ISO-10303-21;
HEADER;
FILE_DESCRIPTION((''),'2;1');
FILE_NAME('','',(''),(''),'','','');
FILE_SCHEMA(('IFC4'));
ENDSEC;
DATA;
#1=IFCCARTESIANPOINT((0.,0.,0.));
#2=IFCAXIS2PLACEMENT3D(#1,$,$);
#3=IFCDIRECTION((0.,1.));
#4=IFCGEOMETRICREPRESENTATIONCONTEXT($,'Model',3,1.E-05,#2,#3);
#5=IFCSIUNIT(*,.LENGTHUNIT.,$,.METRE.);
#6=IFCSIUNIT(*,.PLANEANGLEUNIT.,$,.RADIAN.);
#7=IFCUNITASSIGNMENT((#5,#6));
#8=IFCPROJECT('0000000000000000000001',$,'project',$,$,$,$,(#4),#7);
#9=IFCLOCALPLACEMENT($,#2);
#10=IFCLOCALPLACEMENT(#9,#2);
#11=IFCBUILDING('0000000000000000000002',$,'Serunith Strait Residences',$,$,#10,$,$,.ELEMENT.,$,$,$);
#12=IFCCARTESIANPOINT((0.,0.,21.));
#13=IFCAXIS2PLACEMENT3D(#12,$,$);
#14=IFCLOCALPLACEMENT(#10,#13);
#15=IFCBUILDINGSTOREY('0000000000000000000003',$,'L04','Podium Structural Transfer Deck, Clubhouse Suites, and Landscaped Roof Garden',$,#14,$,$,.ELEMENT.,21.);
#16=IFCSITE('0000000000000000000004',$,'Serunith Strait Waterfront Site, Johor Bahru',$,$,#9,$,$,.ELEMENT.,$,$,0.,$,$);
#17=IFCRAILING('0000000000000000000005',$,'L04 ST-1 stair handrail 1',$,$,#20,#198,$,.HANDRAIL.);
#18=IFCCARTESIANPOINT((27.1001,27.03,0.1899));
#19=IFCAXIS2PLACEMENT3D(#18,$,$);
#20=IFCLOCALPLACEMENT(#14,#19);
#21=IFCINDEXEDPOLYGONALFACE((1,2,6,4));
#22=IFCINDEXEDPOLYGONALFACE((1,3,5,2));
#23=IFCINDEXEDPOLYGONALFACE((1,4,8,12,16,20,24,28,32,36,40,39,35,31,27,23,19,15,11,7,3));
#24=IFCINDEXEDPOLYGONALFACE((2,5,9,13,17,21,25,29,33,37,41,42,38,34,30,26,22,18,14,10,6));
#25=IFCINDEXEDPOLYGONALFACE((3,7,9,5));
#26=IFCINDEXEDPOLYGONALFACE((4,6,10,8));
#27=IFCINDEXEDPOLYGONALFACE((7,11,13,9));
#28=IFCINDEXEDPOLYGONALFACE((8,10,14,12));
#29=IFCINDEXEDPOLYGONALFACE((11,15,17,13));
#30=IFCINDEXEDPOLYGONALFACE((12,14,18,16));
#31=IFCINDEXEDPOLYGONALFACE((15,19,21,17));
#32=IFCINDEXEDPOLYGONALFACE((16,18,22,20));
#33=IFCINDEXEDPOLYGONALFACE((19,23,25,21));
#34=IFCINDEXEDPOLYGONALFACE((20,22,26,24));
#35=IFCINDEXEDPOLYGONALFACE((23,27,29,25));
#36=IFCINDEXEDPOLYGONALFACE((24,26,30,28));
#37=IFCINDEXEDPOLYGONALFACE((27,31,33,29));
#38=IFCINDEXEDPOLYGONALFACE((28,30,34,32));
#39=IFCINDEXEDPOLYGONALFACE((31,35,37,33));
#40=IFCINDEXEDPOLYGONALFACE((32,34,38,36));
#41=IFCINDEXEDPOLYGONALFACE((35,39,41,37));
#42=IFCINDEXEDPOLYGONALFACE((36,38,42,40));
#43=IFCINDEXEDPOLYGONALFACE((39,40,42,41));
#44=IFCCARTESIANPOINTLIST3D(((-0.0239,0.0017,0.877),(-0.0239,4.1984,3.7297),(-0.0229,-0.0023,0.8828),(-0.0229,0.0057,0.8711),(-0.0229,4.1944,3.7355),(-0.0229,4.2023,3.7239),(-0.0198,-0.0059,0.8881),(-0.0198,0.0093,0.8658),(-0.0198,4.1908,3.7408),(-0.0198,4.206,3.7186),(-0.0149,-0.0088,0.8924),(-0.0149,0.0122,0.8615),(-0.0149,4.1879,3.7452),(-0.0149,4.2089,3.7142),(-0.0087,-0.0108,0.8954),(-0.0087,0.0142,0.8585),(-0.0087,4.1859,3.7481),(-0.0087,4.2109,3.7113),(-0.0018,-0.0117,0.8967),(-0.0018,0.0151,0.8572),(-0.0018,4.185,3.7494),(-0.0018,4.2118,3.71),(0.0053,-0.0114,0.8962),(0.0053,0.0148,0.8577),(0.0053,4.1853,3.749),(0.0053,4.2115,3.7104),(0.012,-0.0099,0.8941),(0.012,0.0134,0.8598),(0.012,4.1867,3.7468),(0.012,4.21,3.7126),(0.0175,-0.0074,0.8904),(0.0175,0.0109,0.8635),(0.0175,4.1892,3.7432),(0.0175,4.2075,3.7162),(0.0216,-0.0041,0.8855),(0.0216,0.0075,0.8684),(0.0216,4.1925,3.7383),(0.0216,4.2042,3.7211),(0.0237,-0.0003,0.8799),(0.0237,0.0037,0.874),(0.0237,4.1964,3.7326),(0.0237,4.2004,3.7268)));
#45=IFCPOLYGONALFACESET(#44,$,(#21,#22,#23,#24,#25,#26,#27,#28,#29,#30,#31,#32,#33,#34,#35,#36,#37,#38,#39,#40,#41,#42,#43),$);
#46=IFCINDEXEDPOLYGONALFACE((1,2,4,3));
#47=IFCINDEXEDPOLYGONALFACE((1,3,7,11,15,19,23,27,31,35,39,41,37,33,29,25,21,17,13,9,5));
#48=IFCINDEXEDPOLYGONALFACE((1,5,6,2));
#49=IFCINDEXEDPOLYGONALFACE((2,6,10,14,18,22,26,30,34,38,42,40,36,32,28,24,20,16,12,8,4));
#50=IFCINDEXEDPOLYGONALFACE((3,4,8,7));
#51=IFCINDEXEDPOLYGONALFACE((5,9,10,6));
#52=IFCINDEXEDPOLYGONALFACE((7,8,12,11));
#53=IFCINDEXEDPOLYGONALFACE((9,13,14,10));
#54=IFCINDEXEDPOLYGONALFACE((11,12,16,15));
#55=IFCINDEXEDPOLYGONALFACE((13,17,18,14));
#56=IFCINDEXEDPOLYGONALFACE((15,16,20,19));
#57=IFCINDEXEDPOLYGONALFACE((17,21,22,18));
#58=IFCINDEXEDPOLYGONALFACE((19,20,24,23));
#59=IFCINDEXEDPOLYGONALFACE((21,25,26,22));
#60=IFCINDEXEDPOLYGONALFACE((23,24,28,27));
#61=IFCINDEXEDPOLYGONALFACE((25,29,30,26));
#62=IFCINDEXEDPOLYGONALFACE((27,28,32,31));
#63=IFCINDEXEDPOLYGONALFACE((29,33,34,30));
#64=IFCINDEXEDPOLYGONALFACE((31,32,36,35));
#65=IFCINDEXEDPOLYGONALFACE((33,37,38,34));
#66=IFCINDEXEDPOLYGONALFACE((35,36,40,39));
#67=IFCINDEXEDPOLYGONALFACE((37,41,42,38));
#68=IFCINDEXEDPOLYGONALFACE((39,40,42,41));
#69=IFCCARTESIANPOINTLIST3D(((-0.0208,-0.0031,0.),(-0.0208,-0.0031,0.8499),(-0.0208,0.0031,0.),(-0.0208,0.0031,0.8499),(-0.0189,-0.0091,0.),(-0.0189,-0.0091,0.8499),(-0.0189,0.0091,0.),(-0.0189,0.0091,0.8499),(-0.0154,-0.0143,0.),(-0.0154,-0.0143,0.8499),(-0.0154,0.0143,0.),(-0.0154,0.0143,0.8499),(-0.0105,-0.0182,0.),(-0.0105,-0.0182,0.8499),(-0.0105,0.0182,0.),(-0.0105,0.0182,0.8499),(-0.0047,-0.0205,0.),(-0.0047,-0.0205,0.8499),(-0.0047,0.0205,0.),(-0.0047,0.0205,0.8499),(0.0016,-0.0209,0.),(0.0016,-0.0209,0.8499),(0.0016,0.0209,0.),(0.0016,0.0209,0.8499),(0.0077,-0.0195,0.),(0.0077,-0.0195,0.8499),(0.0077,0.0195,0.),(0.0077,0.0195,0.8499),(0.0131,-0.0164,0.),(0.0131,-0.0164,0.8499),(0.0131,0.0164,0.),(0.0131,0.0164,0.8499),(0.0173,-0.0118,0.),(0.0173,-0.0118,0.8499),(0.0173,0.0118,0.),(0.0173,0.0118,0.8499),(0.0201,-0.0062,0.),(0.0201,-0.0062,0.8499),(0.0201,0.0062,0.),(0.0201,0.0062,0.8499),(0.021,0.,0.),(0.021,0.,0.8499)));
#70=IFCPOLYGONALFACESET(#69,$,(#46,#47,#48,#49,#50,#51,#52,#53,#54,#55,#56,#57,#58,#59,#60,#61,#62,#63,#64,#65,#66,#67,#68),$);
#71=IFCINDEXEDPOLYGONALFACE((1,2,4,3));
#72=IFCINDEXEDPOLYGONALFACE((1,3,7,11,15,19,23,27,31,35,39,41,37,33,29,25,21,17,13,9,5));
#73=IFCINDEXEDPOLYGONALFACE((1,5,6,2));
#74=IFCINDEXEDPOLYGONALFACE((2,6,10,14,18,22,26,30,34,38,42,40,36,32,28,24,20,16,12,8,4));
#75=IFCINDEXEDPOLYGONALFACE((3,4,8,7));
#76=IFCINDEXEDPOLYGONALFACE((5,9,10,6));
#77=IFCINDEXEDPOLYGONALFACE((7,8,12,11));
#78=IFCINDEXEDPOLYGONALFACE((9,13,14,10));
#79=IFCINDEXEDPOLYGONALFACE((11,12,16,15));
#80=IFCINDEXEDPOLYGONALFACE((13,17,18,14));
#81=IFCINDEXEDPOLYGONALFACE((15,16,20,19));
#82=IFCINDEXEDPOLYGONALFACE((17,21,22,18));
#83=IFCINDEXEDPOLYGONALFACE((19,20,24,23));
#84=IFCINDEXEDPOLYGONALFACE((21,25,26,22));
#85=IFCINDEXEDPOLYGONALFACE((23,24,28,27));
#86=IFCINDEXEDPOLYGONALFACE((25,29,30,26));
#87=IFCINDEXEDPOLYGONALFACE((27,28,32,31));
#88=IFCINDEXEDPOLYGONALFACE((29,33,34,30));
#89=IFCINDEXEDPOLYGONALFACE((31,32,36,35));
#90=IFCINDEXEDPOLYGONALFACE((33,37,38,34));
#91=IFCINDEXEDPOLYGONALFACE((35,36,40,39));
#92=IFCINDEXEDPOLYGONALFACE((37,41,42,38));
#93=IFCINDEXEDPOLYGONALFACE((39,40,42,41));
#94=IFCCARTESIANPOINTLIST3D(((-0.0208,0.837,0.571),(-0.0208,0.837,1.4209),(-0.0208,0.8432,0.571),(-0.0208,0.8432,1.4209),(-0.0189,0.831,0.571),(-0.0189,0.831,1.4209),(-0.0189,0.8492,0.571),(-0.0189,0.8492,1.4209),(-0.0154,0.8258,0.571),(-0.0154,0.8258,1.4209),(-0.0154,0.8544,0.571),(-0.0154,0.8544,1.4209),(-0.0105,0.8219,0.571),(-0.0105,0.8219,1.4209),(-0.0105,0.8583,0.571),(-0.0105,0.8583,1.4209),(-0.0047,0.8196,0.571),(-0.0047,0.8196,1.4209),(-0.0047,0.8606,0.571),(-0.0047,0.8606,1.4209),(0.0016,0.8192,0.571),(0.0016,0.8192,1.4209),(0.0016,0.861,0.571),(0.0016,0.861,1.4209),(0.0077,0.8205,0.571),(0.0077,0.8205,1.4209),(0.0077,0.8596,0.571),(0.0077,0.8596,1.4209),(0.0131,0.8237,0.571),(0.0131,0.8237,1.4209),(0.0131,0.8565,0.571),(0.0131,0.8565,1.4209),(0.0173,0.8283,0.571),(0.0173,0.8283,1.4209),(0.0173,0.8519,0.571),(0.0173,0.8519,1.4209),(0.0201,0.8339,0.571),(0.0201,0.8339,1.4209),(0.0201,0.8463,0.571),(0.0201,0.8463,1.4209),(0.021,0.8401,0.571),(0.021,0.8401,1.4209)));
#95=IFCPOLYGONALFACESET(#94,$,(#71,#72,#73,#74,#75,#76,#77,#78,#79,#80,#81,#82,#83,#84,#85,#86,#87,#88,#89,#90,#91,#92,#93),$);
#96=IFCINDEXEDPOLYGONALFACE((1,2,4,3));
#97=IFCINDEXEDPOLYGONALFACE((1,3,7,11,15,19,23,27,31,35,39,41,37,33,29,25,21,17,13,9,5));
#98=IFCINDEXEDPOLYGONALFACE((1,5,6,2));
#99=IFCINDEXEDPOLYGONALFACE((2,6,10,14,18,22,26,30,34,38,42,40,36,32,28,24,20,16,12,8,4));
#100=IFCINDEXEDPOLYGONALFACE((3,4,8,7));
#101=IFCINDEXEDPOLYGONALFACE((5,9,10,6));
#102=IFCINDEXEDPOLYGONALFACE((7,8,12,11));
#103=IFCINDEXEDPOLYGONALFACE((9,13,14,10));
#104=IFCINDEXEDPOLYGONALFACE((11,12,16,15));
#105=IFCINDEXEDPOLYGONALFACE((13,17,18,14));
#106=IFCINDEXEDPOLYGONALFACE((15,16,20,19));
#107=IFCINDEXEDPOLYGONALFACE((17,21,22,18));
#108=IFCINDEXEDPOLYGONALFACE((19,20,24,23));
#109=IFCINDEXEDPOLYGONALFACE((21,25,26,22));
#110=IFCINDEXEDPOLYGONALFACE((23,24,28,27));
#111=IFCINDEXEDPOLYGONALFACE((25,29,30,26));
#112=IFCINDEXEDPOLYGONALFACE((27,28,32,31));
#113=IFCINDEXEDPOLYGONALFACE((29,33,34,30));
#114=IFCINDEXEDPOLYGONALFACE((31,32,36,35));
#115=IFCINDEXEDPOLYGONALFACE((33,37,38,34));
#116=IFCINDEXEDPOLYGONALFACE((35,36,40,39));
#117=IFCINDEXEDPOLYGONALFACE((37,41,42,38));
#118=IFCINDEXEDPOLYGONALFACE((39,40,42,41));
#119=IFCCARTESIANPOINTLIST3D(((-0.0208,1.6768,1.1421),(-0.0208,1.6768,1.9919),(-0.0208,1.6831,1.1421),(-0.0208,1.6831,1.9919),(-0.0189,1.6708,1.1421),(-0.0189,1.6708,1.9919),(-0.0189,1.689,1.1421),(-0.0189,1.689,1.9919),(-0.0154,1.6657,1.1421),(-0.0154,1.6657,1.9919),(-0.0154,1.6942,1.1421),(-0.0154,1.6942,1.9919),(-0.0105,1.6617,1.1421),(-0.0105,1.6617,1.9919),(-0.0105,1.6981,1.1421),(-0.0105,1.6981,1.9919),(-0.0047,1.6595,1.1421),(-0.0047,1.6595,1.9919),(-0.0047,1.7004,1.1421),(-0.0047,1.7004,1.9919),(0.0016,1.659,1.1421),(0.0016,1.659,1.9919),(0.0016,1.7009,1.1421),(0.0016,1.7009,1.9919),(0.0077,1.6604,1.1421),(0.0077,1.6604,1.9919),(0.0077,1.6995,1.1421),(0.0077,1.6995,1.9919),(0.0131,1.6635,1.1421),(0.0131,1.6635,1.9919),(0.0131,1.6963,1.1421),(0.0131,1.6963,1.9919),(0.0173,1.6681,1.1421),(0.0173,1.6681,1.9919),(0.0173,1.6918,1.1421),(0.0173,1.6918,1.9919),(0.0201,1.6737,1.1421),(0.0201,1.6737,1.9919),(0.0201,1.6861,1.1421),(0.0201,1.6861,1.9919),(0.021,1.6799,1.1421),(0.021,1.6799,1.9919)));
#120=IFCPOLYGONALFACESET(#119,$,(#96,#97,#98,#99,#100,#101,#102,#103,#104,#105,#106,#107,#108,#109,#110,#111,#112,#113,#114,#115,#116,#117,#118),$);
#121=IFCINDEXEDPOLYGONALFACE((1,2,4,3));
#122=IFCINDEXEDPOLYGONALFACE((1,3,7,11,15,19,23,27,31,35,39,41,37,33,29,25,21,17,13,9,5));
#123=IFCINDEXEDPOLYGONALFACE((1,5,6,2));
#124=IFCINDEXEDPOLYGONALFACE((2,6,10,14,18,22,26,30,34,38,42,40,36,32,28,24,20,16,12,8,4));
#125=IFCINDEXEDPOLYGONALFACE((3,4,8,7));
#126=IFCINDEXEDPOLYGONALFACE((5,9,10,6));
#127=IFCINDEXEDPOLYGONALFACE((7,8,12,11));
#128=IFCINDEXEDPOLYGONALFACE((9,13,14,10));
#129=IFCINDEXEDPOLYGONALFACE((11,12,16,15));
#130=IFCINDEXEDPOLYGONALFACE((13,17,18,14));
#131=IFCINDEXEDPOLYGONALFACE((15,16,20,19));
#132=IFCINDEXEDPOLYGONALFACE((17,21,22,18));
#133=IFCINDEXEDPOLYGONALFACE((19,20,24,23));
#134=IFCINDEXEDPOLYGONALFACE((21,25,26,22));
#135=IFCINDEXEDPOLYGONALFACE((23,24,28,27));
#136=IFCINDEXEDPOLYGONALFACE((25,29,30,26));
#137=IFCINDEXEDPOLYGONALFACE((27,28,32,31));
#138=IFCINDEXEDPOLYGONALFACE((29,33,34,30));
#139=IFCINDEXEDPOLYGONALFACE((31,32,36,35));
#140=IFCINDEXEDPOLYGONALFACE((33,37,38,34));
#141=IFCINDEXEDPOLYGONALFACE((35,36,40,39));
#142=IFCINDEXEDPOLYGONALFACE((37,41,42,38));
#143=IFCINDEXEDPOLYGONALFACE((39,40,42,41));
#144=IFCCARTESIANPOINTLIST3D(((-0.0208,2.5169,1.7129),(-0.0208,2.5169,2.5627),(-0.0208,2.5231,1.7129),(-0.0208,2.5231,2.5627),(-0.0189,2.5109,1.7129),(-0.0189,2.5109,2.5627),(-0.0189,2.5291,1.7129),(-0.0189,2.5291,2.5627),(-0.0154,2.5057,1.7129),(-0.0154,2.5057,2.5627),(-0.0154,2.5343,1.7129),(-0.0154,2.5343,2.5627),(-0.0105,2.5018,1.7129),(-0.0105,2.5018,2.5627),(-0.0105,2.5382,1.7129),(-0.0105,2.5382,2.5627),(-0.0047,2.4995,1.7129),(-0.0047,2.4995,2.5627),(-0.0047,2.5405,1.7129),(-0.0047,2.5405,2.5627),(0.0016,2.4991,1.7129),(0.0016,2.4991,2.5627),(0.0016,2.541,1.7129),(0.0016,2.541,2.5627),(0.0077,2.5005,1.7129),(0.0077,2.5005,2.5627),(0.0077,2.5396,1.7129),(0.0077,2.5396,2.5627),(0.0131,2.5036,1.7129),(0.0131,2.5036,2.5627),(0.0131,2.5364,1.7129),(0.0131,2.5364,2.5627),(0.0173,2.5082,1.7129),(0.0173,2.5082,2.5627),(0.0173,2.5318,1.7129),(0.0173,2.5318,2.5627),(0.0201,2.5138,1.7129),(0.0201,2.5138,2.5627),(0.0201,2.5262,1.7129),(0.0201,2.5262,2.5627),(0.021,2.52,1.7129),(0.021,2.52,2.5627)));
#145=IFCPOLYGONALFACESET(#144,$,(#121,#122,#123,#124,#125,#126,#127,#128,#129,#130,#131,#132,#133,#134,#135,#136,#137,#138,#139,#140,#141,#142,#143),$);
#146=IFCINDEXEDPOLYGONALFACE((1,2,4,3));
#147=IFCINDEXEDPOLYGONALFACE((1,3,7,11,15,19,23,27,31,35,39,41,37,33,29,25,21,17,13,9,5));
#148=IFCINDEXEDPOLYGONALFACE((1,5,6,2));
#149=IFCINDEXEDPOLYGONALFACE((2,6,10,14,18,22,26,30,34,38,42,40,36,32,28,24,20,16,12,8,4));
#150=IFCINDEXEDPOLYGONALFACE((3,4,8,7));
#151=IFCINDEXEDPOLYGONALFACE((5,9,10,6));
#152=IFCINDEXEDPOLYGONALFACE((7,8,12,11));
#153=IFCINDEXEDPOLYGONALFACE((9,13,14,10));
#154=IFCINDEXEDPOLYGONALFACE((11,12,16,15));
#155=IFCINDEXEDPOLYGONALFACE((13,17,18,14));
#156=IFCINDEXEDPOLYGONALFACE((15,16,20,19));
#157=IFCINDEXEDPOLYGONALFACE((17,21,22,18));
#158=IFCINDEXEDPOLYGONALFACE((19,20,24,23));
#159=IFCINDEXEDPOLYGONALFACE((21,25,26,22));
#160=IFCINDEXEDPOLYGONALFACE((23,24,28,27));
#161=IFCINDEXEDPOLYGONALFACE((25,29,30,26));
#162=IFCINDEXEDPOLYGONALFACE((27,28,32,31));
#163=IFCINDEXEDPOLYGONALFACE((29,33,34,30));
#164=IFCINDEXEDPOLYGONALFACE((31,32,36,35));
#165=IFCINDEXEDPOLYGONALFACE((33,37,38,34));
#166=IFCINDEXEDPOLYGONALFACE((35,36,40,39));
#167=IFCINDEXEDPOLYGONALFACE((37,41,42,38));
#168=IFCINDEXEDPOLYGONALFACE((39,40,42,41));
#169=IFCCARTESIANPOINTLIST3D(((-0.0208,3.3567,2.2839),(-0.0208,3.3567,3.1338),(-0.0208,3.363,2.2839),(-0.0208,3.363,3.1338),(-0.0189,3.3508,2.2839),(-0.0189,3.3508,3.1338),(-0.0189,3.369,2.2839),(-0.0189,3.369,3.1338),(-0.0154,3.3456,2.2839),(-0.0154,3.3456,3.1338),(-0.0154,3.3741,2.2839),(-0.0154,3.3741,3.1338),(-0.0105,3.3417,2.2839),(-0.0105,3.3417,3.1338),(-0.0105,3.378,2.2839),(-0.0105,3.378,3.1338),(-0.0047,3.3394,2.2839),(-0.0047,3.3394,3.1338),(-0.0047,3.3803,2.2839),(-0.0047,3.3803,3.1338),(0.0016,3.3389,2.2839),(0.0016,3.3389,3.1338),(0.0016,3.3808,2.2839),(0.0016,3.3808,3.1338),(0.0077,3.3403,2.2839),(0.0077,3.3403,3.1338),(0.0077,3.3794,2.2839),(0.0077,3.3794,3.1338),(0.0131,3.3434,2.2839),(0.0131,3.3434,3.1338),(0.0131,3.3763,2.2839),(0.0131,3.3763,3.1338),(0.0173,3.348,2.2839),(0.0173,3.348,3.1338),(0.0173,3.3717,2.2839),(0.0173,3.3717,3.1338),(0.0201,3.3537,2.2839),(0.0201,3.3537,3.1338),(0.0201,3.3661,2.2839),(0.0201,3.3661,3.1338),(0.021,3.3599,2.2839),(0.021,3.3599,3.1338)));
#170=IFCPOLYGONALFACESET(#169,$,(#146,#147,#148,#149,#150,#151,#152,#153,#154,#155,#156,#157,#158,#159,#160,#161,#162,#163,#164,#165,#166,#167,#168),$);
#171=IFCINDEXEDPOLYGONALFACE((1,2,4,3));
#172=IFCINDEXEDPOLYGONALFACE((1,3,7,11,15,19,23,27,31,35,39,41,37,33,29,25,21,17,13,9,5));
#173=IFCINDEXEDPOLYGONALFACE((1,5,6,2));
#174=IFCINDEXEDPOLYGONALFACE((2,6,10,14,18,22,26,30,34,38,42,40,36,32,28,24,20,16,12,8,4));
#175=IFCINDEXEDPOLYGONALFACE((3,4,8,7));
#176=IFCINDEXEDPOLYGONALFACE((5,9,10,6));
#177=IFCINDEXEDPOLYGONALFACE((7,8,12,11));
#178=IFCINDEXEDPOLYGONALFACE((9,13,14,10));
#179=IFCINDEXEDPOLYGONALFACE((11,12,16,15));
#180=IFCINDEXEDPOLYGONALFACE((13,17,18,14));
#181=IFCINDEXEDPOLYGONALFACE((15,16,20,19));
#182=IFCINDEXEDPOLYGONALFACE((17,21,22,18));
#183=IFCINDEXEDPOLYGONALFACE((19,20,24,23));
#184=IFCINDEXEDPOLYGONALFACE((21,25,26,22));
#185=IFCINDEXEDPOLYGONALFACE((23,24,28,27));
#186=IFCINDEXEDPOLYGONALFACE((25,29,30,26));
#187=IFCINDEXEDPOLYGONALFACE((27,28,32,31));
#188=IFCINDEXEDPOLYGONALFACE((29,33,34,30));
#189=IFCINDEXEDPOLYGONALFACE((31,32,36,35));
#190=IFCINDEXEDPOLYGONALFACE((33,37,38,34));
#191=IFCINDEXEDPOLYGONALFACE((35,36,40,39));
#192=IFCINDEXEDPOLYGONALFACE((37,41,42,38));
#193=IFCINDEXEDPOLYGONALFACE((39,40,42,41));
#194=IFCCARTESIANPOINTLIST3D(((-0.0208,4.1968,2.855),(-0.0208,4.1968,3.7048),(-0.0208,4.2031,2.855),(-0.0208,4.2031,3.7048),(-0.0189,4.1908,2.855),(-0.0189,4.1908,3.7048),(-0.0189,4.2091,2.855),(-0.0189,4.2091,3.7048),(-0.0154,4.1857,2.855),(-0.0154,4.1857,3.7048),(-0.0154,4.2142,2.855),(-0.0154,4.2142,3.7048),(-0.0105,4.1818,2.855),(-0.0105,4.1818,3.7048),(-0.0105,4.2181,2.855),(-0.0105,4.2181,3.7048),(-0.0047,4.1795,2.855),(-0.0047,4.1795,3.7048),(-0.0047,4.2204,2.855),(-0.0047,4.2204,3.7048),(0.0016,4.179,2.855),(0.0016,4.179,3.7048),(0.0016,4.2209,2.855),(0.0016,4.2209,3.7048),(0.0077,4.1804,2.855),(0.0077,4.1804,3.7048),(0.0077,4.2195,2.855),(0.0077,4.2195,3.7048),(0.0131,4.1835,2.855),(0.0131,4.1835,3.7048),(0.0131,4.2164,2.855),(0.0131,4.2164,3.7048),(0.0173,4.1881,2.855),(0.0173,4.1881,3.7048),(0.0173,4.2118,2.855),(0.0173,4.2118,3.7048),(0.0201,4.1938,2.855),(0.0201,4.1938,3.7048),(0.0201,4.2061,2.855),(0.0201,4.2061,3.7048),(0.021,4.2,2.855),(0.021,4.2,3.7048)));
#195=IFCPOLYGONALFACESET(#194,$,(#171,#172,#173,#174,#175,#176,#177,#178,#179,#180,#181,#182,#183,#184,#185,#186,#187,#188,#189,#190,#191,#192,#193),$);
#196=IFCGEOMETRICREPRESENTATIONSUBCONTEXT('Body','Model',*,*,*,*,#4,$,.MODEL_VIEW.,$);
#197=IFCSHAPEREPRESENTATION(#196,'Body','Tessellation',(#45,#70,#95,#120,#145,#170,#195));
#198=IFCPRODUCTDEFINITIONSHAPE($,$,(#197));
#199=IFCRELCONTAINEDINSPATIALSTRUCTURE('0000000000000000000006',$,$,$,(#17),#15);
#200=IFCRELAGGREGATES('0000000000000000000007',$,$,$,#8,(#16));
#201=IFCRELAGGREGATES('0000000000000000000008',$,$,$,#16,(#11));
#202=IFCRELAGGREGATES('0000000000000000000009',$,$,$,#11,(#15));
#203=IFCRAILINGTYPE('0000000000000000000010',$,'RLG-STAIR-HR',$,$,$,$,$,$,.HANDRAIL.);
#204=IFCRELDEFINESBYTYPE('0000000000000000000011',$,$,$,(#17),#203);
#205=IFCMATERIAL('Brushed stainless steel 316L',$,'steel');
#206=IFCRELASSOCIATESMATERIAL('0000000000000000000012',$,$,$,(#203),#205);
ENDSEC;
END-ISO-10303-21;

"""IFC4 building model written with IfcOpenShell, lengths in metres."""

from ifc_helpers import new_model, si_unit, direction, frame, origin, origin_2d, place, context, subcontext, project, spatial, circle, extrude, material, type_object, element, save


model = new_model("IFC4")

# Units and contexts
model_context = context("Model", 3, precision=1e-05, world=origin(), true_north=direction((0.0, 1.0)))
body_context = subcontext(model_context, "Body", "Model", "MODEL_VIEW")
ifc_project = project(units=[si_unit("LENGTHUNIT", "METRE"), si_unit("PLANEANGLEUNIT", "RADIAN")], contexts=[model_context])

# Site, building, storey
site_placement = place(None, origin())
site = spatial("IfcSite", under=ifc_project, at=site_placement, Name="Serunith Strait Waterfront Site, Johor Bahru", CompositionType="ELEMENT", RefElevation=0.0)
building_placement = place(site_placement, origin())
building = spatial("IfcBuilding", under=site, at=building_placement, Name="Serunith Strait Residences", CompositionType="ELEMENT")
storey_placement = place(building_placement, frame((0.0, 0.0, 21.0)))
storey = spatial("IfcBuildingStorey", under=building, at=storey_placement, Name="L04", Description="Podium Structural Transfer Deck, Clubhouse Suites, and Landscaped Roof Garden", CompositionType="ELEMENT", Elevation=21.0)

# Railing
ifc_material_1 = material(Name="Brushed stainless steel 316L", Category="steel")
railing_type_1 = type_object("IfcRailingType", Name="RLG-STAIR-HR", PredefinedType="HANDRAIL", material=ifc_material_1)
railing_1_placement = place(storey_placement, frame((27.1001, 27.03, 0.1899)))
element("IfcRailing", 1, at=railing_1_placement, inside=storey, type_object=railing_type_1, Name="L04 ST-1 stair handrail 1", PredefinedType="HANDRAIL", context=body_context, shape_type="SweptSolid", body=[
    extrude(circle(Radius=0.0239, at=origin_2d()), frame((0.0, 0.0017, 0.877), z_axis=(0.0, 0.827017, 0.562177), x_axis=(-1.0, 0.0, 0.0)), (0.0, 0.0, 1.0), 5.0745),
    extrude(circle(Radius=0.021, at=origin_2d()), origin(), (0.0, 0.0, 1.0), 0.8499),
    extrude(circle(Radius=0.021, at=origin_2d()), frame((0.0, 0.8401, 0.571)), (0.0, 0.0, 1.0), 0.8499),
    extrude(circle(Radius=0.021, at=origin_2d()), frame((0.0, 1.6799, 1.1421)), (0.0, 0.0, 1.0), 0.8499),
    extrude(circle(Radius=0.021, at=origin_2d()), frame((0.0, 2.52, 1.7129)), (0.0, 0.0, 1.0), 0.8499),
    extrude(circle(Radius=0.021, at=origin_2d()), frame((0.0, 3.3599, 2.2839)), (0.0, 0.0, 1.0), 0.8499),
    extrude(circle(Radius=0.021, at=origin_2d()), frame((0.0, 4.2, 2.855)), (0.0, 0.0, 1.0), 0.8499),
])

save(model, "model.ifc")
